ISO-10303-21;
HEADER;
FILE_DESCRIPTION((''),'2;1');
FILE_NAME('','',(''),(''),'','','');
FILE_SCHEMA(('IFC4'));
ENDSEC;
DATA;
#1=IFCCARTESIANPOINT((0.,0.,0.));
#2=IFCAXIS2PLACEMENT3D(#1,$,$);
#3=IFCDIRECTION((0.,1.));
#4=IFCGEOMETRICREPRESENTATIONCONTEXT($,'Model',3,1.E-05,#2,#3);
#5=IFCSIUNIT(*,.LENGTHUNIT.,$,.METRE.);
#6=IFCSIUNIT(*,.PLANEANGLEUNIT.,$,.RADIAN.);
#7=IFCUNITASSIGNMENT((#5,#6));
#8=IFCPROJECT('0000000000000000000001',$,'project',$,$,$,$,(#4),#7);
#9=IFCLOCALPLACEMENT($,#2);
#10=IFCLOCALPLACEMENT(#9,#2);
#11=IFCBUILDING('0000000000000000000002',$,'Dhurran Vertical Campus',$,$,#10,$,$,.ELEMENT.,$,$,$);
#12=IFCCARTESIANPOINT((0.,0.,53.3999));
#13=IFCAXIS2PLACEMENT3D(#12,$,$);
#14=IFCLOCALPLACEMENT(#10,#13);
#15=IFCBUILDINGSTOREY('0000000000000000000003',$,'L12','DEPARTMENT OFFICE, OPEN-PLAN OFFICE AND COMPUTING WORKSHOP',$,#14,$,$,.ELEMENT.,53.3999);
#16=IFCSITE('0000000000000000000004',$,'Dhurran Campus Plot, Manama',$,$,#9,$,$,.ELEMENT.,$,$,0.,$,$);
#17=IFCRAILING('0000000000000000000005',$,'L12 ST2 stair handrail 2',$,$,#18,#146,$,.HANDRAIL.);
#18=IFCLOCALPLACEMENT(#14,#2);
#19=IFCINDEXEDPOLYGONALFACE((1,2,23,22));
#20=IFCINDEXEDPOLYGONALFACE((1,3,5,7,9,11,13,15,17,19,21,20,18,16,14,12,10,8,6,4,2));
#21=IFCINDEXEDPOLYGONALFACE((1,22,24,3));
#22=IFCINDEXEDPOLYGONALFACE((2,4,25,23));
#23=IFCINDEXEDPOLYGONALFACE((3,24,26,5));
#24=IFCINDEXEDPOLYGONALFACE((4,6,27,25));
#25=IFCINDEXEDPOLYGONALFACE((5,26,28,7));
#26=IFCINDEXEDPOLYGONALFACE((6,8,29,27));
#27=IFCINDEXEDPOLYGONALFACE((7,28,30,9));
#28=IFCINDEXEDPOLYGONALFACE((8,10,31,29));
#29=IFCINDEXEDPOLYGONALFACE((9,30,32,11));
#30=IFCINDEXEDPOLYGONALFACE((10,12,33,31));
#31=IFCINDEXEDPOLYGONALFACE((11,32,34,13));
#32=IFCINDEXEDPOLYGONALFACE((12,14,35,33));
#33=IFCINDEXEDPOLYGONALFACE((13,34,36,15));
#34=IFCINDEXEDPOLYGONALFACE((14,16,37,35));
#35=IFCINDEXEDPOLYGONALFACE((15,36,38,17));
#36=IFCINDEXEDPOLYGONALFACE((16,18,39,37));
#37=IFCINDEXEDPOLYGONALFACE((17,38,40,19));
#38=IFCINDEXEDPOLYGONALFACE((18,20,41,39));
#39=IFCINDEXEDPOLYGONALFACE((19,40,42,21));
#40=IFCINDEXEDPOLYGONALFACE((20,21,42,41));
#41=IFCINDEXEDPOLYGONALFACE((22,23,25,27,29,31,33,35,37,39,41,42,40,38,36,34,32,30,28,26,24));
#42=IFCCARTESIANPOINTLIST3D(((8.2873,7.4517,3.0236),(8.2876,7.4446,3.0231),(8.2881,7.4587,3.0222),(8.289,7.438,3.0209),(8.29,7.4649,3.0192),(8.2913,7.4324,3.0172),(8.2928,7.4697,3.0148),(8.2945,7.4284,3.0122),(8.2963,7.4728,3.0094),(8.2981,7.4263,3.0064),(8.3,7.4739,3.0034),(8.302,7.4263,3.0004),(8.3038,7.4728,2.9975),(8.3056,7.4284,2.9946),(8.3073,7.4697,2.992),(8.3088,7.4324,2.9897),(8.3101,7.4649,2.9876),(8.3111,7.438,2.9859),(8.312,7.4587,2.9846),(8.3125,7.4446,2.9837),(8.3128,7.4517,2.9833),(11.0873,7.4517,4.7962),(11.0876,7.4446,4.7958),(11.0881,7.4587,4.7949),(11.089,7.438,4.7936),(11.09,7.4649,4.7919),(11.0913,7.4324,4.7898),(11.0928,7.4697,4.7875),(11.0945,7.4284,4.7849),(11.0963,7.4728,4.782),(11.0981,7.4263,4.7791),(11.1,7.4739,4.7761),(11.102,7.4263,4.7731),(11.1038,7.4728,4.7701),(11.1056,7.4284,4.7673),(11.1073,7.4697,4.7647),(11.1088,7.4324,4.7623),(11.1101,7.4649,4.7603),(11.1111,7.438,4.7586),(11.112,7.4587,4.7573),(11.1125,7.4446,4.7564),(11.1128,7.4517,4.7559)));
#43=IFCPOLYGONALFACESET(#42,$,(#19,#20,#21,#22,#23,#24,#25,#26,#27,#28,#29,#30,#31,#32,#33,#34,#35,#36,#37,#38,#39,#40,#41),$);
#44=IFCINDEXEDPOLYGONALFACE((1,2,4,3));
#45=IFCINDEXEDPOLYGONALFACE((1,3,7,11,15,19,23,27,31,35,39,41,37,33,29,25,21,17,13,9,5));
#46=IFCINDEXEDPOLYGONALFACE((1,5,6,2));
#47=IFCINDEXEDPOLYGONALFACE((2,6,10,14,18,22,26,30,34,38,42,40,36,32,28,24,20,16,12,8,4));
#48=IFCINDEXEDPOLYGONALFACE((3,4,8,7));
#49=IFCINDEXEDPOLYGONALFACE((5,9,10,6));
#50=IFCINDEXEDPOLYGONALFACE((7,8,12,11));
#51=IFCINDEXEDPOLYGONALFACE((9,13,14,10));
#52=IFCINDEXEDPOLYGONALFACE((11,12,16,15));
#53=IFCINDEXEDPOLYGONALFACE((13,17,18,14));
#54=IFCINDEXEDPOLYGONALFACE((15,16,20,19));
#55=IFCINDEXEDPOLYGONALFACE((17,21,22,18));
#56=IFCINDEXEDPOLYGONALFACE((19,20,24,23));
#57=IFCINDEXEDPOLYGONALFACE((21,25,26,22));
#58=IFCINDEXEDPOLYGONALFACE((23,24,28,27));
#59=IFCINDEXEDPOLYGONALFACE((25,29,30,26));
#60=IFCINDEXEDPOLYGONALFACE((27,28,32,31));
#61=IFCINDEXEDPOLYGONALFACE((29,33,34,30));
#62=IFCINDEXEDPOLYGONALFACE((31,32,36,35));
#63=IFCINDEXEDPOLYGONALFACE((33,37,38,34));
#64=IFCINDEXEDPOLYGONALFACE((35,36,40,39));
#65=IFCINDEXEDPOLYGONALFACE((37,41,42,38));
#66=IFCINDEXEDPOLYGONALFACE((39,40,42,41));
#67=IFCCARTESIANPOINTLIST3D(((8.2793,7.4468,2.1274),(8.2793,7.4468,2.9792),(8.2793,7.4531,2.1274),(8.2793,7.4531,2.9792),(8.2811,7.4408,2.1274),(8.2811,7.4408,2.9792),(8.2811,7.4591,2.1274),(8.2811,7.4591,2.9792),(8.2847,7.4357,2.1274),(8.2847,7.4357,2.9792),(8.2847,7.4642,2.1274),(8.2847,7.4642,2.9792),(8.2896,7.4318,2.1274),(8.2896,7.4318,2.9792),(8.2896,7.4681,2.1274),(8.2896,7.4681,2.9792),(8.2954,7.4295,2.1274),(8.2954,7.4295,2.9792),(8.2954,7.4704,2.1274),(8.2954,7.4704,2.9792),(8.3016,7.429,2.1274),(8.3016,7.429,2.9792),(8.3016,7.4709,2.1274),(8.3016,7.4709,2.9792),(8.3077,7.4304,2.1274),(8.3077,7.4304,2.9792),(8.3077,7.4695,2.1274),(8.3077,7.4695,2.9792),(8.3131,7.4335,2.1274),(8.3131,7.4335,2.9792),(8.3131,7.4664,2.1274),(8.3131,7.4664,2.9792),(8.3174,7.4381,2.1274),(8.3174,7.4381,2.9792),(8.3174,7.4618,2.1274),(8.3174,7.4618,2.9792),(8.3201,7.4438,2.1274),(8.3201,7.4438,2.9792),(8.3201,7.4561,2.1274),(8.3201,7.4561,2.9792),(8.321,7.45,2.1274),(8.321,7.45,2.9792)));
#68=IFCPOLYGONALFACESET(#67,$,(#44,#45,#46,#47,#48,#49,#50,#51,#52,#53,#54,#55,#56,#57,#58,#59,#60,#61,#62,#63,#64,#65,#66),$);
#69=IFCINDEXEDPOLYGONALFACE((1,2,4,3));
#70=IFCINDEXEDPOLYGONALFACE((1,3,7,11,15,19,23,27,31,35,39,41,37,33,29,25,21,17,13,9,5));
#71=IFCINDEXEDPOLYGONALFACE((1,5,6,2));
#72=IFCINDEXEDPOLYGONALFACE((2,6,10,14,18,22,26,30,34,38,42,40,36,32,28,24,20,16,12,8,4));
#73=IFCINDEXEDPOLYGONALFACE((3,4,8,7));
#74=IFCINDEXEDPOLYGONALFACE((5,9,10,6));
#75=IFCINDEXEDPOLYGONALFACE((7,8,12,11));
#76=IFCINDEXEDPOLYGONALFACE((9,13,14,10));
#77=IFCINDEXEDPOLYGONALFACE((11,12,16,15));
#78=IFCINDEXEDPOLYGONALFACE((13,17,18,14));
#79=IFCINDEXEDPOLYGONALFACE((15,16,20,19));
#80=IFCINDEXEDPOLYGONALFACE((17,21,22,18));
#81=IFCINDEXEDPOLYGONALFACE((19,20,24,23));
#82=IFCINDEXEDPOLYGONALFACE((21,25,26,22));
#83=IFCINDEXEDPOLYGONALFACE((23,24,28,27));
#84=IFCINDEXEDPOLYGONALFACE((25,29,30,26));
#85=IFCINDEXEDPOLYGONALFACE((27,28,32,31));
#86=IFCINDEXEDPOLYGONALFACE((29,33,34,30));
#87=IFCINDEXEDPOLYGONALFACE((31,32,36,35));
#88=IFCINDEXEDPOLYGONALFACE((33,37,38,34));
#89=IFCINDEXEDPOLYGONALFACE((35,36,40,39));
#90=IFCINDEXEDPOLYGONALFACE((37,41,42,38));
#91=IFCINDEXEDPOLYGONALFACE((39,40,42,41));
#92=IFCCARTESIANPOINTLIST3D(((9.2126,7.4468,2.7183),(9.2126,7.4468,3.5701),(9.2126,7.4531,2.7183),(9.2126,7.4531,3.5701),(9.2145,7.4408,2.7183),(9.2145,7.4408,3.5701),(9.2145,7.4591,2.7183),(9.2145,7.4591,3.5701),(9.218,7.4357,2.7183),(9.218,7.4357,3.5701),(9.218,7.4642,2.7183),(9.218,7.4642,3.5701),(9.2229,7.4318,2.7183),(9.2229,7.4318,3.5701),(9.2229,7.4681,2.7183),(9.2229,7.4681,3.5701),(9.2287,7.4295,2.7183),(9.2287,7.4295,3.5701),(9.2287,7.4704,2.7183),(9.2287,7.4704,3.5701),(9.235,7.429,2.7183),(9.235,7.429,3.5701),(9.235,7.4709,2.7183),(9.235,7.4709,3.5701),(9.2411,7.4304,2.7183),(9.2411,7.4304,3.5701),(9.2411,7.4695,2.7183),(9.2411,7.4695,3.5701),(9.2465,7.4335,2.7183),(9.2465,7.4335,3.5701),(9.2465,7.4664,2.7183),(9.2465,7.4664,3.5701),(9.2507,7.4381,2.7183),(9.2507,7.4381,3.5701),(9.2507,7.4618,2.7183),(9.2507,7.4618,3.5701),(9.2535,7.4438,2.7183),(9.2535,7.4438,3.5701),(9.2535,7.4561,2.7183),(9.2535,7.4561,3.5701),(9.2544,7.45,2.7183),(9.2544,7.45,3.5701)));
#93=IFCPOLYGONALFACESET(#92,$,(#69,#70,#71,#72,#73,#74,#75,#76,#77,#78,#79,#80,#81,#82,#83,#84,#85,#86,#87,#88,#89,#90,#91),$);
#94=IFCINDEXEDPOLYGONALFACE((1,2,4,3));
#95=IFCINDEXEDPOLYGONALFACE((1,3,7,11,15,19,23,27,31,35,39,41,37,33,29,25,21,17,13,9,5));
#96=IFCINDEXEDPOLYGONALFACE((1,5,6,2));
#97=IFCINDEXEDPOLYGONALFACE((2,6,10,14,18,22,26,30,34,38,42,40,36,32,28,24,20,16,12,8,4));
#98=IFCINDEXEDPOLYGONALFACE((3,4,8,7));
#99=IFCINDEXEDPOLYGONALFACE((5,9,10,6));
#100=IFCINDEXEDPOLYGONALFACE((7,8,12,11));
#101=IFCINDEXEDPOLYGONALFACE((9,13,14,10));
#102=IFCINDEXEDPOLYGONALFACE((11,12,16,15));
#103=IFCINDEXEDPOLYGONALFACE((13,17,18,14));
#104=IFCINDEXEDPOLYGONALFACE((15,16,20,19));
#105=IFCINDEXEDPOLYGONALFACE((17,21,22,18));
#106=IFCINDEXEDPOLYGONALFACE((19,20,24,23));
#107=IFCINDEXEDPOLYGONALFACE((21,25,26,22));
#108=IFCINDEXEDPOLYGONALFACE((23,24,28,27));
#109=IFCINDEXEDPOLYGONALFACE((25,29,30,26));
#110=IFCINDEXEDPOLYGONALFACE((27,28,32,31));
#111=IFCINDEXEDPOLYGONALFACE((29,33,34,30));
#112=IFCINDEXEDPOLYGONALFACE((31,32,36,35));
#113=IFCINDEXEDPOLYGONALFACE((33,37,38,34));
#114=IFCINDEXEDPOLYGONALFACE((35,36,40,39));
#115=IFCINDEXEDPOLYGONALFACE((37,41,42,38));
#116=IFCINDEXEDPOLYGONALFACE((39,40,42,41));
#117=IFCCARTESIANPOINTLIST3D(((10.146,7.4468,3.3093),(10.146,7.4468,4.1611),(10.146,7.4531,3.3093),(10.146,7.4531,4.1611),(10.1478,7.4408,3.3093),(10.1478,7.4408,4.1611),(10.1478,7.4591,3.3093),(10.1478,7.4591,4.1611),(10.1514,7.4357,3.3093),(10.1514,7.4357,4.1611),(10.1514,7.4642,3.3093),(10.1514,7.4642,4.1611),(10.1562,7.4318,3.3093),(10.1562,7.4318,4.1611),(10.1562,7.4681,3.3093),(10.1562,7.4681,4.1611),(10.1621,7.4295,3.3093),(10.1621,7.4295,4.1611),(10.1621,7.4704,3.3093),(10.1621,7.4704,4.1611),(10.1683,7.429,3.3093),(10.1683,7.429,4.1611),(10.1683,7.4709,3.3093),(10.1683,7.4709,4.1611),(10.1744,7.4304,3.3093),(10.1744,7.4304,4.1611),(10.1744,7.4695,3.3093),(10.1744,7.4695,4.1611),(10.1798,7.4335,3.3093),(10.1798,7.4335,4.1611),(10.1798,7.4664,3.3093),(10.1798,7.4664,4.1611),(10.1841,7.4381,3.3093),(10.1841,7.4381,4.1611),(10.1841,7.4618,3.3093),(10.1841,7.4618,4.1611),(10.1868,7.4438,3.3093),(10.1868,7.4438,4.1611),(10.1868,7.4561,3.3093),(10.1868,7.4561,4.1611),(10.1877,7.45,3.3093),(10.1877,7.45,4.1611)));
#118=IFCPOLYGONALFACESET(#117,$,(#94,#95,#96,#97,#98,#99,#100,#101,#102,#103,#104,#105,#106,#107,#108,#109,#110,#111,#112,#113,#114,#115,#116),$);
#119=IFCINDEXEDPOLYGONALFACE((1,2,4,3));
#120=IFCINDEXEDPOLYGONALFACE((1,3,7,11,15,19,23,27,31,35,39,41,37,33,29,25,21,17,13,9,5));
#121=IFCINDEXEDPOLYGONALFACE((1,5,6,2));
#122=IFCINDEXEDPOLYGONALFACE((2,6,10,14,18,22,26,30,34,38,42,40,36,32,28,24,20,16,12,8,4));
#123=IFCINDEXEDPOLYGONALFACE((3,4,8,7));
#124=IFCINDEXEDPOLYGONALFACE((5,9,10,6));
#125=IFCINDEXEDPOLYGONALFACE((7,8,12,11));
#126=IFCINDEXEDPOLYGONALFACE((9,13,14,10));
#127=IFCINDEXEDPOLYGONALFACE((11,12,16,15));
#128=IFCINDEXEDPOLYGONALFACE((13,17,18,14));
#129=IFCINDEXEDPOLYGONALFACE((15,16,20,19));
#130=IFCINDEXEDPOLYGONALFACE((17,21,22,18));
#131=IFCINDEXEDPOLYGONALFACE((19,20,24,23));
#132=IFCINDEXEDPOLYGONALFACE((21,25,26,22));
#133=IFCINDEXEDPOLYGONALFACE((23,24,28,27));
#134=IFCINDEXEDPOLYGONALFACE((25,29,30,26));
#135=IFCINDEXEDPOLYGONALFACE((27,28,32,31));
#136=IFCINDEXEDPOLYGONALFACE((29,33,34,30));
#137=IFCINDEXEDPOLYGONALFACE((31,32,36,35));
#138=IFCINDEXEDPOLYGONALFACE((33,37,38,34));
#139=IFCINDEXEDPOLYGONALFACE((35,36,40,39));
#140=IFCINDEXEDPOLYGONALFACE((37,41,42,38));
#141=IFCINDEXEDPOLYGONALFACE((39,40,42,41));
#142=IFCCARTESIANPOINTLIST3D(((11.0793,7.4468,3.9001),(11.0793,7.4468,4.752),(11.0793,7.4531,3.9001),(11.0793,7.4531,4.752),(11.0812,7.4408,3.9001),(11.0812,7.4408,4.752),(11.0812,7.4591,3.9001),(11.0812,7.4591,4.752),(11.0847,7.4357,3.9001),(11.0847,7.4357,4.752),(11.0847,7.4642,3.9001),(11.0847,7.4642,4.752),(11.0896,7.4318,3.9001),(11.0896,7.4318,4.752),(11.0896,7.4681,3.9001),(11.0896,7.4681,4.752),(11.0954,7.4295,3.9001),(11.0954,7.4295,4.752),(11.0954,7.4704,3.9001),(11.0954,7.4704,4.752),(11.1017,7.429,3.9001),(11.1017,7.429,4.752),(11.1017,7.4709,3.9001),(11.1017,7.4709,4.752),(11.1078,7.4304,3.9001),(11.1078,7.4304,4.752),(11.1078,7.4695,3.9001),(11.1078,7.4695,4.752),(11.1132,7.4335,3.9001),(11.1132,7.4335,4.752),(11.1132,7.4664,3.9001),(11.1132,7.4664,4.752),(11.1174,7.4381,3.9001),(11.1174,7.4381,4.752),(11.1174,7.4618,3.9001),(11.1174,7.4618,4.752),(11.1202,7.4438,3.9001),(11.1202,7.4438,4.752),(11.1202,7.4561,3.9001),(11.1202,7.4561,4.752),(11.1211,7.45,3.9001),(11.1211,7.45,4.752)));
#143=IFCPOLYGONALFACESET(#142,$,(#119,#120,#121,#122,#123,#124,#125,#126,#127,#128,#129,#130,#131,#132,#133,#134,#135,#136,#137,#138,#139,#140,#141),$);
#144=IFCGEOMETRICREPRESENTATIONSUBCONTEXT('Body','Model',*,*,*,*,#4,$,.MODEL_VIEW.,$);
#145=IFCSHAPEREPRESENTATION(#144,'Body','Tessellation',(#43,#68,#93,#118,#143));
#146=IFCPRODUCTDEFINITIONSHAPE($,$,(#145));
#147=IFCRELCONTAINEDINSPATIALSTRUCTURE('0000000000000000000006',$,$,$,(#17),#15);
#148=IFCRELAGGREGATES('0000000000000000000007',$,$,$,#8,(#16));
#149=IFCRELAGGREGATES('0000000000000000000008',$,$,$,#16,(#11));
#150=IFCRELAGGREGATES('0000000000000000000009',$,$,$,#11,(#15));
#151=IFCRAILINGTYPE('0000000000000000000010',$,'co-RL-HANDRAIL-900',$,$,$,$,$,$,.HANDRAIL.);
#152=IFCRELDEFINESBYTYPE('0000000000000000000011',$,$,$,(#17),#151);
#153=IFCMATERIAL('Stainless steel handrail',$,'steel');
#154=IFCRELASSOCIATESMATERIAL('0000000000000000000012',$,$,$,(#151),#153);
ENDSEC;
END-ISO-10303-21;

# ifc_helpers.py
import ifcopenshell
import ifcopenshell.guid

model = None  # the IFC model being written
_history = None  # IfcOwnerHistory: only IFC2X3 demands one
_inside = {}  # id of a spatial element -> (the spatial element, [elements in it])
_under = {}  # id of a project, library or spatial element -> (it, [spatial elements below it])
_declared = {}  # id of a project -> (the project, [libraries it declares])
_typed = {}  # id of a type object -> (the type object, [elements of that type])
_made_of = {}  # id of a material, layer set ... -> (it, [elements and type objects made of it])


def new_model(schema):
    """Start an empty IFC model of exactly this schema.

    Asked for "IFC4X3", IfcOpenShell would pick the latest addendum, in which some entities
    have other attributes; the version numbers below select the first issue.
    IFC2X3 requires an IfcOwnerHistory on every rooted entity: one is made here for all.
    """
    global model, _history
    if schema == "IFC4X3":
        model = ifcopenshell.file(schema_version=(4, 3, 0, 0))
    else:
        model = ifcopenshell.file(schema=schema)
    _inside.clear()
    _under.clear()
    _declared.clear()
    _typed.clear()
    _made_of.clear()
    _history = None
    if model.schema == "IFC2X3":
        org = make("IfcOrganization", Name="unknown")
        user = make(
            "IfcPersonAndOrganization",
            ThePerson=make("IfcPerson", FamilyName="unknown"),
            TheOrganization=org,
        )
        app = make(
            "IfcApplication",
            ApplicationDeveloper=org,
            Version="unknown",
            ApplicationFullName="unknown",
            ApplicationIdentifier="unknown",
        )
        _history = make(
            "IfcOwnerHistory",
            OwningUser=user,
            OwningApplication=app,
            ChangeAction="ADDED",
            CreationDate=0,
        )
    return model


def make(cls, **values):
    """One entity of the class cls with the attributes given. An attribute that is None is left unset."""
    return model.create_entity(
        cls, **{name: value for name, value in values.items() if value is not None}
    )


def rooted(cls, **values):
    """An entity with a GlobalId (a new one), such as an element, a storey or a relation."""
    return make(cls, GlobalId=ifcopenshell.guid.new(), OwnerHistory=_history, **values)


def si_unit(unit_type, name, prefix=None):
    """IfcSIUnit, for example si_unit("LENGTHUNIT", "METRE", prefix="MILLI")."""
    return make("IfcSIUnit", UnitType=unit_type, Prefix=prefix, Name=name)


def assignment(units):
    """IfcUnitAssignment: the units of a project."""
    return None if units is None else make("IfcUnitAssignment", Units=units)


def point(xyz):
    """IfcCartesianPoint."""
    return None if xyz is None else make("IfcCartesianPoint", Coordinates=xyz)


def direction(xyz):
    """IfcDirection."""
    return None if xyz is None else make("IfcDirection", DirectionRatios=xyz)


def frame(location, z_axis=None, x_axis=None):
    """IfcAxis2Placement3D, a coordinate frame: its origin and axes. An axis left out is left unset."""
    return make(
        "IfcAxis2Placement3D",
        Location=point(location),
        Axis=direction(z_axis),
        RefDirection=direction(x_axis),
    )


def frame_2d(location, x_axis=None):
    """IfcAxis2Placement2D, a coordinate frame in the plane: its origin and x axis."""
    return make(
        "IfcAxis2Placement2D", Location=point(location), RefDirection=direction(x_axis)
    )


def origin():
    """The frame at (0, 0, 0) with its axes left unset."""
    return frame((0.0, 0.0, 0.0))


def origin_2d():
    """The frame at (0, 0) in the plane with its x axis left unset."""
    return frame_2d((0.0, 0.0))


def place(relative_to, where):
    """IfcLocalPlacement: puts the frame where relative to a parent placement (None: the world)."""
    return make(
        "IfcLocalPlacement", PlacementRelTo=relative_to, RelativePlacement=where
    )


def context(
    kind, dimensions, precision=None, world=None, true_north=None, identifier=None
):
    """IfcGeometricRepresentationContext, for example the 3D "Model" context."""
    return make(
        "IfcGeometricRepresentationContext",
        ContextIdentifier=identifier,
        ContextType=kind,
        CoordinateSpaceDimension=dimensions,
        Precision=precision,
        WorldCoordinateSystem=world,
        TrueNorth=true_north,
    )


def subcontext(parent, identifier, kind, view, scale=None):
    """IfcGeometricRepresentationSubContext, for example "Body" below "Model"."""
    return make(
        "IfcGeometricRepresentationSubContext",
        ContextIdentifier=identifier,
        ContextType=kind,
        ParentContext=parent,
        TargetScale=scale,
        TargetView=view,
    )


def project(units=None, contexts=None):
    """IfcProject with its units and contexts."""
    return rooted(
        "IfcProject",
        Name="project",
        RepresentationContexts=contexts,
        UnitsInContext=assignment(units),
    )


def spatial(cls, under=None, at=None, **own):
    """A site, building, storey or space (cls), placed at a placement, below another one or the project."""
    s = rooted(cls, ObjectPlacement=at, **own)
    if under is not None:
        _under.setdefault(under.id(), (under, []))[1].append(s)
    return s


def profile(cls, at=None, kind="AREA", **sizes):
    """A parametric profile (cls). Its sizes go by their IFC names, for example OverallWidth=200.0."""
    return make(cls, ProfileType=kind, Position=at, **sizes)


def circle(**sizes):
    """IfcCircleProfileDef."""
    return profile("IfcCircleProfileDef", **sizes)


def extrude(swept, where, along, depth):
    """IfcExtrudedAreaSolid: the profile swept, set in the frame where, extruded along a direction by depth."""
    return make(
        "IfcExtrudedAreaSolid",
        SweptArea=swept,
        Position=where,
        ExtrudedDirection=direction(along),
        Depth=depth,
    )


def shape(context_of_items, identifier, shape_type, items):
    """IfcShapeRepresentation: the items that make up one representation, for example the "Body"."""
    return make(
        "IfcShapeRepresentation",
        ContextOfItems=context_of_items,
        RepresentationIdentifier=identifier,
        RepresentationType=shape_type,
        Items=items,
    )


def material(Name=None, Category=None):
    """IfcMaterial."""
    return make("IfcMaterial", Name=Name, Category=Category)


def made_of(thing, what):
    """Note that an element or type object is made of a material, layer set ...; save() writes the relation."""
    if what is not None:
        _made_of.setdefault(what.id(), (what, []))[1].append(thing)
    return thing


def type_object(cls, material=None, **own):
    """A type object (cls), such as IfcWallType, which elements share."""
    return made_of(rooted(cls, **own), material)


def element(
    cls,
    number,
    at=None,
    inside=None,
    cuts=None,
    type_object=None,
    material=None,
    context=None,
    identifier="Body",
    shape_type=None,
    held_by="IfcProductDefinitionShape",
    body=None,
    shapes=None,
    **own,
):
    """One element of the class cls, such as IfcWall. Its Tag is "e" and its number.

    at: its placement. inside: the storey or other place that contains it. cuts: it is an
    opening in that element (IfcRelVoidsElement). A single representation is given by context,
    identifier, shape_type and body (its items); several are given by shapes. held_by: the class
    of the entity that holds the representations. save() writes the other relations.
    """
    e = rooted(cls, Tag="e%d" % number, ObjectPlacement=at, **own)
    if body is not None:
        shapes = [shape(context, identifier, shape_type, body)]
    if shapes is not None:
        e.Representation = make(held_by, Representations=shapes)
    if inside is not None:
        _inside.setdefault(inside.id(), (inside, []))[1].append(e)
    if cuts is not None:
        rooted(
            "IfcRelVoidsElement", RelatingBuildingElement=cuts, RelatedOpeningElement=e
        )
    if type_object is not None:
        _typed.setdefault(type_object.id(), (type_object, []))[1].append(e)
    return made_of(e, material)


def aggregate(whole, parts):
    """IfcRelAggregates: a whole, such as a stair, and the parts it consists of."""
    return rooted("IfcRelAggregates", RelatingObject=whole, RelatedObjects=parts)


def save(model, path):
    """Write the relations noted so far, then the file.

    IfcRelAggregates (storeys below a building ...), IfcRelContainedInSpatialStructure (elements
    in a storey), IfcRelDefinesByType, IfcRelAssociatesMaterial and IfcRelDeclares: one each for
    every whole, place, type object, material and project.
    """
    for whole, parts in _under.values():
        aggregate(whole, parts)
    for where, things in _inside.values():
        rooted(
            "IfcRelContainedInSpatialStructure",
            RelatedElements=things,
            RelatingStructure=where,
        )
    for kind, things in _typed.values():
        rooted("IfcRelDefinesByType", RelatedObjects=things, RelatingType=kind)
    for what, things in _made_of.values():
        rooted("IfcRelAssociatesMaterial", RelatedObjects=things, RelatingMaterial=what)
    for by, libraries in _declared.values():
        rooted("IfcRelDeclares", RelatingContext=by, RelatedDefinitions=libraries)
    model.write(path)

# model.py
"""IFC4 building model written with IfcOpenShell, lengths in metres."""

from ifc_helpers import new_model, si_unit, direction, frame, origin, origin_2d, place, context, subcontext, project, spatial, circle, extrude, material, type_object, element, save


model = new_model("IFC4")

# Units and contexts
model_context = context("Model", 3, precision=1e-05, world=origin(), true_north=direction((0.0, 1.0)))
body_context = subcontext(model_context, "Body", "Model", "MODEL_VIEW")
ifc_project = project(units=[si_unit("LENGTHUNIT", "METRE"), si_unit("PLANEANGLEUNIT", "RADIAN")], contexts=[model_context])

# Site, building, storey
site_placement = place(None, origin())
site = spatial("IfcSite", under=ifc_project, at=site_placement, Name="Dhurran Campus Plot, Manama", CompositionType="ELEMENT", RefElevation=0.0)
building_placement = place(site_placement, origin())
building = spatial("IfcBuilding", under=site, at=building_placement, Name="Dhurran Vertical Campus", CompositionType="ELEMENT")
storey_placement = place(building_placement, frame((0.0, 0.0, 53.3999)))
storey = spatial("IfcBuildingStorey", under=building, at=storey_placement, Name="L12", Description="DEPARTMENT OFFICE, OPEN-PLAN OFFICE AND COMPUTING WORKSHOP", CompositionType="ELEMENT", Elevation=53.3999)

# Railing
ifc_material_1 = material(Name="Stainless steel handrail", Category="steel")
railing_type_1 = type_object("IfcRailingType", Name="co-RL-HANDRAIL-900", PredefinedType="HANDRAIL", material=ifc_material_1)
railing_1_placement = place(storey_placement, frame((8.3, 7.45, 2.1274)))
element("IfcRailing", 1, at=railing_1_placement, inside=storey, type_object=railing_type_1, Name="L12 ST2 stair handrail 2", PredefinedType="HANDRAIL", context=body_context, shape_type="SweptSolid", body=[
    extrude(circle(Radius=0.0239, at=origin_2d()), frame((0.0, 0.0, 0.876), z_axis=(0.844909, 0.0, 0.53491), x_axis=(0.0, 1.0, 0.0)), (0.0, 0.0, 1.0), 3.314),
    extrude(circle(Radius=0.021, at=origin_2d()), origin(), (0.0, 0.0, 1.0), 0.8518),
    extrude(circle(Radius=0.021, at=origin_2d()), frame((0.9333, 0.0, 0.5908)), (0.0, 0.0, 1.0), 0.8518),
    extrude(circle(Radius=0.021, at=origin_2d()), frame((1.8667, 0.0, 1.1819)), (0.0, 0.0, 1.0), 0.8518),
    extrude(circle(Radius=0.021, at=origin_2d()), frame((2.8, 0.0, 1.7727)), (0.0, 0.0, 1.0), 0.8518),
])

save(model, "model.ifc")
